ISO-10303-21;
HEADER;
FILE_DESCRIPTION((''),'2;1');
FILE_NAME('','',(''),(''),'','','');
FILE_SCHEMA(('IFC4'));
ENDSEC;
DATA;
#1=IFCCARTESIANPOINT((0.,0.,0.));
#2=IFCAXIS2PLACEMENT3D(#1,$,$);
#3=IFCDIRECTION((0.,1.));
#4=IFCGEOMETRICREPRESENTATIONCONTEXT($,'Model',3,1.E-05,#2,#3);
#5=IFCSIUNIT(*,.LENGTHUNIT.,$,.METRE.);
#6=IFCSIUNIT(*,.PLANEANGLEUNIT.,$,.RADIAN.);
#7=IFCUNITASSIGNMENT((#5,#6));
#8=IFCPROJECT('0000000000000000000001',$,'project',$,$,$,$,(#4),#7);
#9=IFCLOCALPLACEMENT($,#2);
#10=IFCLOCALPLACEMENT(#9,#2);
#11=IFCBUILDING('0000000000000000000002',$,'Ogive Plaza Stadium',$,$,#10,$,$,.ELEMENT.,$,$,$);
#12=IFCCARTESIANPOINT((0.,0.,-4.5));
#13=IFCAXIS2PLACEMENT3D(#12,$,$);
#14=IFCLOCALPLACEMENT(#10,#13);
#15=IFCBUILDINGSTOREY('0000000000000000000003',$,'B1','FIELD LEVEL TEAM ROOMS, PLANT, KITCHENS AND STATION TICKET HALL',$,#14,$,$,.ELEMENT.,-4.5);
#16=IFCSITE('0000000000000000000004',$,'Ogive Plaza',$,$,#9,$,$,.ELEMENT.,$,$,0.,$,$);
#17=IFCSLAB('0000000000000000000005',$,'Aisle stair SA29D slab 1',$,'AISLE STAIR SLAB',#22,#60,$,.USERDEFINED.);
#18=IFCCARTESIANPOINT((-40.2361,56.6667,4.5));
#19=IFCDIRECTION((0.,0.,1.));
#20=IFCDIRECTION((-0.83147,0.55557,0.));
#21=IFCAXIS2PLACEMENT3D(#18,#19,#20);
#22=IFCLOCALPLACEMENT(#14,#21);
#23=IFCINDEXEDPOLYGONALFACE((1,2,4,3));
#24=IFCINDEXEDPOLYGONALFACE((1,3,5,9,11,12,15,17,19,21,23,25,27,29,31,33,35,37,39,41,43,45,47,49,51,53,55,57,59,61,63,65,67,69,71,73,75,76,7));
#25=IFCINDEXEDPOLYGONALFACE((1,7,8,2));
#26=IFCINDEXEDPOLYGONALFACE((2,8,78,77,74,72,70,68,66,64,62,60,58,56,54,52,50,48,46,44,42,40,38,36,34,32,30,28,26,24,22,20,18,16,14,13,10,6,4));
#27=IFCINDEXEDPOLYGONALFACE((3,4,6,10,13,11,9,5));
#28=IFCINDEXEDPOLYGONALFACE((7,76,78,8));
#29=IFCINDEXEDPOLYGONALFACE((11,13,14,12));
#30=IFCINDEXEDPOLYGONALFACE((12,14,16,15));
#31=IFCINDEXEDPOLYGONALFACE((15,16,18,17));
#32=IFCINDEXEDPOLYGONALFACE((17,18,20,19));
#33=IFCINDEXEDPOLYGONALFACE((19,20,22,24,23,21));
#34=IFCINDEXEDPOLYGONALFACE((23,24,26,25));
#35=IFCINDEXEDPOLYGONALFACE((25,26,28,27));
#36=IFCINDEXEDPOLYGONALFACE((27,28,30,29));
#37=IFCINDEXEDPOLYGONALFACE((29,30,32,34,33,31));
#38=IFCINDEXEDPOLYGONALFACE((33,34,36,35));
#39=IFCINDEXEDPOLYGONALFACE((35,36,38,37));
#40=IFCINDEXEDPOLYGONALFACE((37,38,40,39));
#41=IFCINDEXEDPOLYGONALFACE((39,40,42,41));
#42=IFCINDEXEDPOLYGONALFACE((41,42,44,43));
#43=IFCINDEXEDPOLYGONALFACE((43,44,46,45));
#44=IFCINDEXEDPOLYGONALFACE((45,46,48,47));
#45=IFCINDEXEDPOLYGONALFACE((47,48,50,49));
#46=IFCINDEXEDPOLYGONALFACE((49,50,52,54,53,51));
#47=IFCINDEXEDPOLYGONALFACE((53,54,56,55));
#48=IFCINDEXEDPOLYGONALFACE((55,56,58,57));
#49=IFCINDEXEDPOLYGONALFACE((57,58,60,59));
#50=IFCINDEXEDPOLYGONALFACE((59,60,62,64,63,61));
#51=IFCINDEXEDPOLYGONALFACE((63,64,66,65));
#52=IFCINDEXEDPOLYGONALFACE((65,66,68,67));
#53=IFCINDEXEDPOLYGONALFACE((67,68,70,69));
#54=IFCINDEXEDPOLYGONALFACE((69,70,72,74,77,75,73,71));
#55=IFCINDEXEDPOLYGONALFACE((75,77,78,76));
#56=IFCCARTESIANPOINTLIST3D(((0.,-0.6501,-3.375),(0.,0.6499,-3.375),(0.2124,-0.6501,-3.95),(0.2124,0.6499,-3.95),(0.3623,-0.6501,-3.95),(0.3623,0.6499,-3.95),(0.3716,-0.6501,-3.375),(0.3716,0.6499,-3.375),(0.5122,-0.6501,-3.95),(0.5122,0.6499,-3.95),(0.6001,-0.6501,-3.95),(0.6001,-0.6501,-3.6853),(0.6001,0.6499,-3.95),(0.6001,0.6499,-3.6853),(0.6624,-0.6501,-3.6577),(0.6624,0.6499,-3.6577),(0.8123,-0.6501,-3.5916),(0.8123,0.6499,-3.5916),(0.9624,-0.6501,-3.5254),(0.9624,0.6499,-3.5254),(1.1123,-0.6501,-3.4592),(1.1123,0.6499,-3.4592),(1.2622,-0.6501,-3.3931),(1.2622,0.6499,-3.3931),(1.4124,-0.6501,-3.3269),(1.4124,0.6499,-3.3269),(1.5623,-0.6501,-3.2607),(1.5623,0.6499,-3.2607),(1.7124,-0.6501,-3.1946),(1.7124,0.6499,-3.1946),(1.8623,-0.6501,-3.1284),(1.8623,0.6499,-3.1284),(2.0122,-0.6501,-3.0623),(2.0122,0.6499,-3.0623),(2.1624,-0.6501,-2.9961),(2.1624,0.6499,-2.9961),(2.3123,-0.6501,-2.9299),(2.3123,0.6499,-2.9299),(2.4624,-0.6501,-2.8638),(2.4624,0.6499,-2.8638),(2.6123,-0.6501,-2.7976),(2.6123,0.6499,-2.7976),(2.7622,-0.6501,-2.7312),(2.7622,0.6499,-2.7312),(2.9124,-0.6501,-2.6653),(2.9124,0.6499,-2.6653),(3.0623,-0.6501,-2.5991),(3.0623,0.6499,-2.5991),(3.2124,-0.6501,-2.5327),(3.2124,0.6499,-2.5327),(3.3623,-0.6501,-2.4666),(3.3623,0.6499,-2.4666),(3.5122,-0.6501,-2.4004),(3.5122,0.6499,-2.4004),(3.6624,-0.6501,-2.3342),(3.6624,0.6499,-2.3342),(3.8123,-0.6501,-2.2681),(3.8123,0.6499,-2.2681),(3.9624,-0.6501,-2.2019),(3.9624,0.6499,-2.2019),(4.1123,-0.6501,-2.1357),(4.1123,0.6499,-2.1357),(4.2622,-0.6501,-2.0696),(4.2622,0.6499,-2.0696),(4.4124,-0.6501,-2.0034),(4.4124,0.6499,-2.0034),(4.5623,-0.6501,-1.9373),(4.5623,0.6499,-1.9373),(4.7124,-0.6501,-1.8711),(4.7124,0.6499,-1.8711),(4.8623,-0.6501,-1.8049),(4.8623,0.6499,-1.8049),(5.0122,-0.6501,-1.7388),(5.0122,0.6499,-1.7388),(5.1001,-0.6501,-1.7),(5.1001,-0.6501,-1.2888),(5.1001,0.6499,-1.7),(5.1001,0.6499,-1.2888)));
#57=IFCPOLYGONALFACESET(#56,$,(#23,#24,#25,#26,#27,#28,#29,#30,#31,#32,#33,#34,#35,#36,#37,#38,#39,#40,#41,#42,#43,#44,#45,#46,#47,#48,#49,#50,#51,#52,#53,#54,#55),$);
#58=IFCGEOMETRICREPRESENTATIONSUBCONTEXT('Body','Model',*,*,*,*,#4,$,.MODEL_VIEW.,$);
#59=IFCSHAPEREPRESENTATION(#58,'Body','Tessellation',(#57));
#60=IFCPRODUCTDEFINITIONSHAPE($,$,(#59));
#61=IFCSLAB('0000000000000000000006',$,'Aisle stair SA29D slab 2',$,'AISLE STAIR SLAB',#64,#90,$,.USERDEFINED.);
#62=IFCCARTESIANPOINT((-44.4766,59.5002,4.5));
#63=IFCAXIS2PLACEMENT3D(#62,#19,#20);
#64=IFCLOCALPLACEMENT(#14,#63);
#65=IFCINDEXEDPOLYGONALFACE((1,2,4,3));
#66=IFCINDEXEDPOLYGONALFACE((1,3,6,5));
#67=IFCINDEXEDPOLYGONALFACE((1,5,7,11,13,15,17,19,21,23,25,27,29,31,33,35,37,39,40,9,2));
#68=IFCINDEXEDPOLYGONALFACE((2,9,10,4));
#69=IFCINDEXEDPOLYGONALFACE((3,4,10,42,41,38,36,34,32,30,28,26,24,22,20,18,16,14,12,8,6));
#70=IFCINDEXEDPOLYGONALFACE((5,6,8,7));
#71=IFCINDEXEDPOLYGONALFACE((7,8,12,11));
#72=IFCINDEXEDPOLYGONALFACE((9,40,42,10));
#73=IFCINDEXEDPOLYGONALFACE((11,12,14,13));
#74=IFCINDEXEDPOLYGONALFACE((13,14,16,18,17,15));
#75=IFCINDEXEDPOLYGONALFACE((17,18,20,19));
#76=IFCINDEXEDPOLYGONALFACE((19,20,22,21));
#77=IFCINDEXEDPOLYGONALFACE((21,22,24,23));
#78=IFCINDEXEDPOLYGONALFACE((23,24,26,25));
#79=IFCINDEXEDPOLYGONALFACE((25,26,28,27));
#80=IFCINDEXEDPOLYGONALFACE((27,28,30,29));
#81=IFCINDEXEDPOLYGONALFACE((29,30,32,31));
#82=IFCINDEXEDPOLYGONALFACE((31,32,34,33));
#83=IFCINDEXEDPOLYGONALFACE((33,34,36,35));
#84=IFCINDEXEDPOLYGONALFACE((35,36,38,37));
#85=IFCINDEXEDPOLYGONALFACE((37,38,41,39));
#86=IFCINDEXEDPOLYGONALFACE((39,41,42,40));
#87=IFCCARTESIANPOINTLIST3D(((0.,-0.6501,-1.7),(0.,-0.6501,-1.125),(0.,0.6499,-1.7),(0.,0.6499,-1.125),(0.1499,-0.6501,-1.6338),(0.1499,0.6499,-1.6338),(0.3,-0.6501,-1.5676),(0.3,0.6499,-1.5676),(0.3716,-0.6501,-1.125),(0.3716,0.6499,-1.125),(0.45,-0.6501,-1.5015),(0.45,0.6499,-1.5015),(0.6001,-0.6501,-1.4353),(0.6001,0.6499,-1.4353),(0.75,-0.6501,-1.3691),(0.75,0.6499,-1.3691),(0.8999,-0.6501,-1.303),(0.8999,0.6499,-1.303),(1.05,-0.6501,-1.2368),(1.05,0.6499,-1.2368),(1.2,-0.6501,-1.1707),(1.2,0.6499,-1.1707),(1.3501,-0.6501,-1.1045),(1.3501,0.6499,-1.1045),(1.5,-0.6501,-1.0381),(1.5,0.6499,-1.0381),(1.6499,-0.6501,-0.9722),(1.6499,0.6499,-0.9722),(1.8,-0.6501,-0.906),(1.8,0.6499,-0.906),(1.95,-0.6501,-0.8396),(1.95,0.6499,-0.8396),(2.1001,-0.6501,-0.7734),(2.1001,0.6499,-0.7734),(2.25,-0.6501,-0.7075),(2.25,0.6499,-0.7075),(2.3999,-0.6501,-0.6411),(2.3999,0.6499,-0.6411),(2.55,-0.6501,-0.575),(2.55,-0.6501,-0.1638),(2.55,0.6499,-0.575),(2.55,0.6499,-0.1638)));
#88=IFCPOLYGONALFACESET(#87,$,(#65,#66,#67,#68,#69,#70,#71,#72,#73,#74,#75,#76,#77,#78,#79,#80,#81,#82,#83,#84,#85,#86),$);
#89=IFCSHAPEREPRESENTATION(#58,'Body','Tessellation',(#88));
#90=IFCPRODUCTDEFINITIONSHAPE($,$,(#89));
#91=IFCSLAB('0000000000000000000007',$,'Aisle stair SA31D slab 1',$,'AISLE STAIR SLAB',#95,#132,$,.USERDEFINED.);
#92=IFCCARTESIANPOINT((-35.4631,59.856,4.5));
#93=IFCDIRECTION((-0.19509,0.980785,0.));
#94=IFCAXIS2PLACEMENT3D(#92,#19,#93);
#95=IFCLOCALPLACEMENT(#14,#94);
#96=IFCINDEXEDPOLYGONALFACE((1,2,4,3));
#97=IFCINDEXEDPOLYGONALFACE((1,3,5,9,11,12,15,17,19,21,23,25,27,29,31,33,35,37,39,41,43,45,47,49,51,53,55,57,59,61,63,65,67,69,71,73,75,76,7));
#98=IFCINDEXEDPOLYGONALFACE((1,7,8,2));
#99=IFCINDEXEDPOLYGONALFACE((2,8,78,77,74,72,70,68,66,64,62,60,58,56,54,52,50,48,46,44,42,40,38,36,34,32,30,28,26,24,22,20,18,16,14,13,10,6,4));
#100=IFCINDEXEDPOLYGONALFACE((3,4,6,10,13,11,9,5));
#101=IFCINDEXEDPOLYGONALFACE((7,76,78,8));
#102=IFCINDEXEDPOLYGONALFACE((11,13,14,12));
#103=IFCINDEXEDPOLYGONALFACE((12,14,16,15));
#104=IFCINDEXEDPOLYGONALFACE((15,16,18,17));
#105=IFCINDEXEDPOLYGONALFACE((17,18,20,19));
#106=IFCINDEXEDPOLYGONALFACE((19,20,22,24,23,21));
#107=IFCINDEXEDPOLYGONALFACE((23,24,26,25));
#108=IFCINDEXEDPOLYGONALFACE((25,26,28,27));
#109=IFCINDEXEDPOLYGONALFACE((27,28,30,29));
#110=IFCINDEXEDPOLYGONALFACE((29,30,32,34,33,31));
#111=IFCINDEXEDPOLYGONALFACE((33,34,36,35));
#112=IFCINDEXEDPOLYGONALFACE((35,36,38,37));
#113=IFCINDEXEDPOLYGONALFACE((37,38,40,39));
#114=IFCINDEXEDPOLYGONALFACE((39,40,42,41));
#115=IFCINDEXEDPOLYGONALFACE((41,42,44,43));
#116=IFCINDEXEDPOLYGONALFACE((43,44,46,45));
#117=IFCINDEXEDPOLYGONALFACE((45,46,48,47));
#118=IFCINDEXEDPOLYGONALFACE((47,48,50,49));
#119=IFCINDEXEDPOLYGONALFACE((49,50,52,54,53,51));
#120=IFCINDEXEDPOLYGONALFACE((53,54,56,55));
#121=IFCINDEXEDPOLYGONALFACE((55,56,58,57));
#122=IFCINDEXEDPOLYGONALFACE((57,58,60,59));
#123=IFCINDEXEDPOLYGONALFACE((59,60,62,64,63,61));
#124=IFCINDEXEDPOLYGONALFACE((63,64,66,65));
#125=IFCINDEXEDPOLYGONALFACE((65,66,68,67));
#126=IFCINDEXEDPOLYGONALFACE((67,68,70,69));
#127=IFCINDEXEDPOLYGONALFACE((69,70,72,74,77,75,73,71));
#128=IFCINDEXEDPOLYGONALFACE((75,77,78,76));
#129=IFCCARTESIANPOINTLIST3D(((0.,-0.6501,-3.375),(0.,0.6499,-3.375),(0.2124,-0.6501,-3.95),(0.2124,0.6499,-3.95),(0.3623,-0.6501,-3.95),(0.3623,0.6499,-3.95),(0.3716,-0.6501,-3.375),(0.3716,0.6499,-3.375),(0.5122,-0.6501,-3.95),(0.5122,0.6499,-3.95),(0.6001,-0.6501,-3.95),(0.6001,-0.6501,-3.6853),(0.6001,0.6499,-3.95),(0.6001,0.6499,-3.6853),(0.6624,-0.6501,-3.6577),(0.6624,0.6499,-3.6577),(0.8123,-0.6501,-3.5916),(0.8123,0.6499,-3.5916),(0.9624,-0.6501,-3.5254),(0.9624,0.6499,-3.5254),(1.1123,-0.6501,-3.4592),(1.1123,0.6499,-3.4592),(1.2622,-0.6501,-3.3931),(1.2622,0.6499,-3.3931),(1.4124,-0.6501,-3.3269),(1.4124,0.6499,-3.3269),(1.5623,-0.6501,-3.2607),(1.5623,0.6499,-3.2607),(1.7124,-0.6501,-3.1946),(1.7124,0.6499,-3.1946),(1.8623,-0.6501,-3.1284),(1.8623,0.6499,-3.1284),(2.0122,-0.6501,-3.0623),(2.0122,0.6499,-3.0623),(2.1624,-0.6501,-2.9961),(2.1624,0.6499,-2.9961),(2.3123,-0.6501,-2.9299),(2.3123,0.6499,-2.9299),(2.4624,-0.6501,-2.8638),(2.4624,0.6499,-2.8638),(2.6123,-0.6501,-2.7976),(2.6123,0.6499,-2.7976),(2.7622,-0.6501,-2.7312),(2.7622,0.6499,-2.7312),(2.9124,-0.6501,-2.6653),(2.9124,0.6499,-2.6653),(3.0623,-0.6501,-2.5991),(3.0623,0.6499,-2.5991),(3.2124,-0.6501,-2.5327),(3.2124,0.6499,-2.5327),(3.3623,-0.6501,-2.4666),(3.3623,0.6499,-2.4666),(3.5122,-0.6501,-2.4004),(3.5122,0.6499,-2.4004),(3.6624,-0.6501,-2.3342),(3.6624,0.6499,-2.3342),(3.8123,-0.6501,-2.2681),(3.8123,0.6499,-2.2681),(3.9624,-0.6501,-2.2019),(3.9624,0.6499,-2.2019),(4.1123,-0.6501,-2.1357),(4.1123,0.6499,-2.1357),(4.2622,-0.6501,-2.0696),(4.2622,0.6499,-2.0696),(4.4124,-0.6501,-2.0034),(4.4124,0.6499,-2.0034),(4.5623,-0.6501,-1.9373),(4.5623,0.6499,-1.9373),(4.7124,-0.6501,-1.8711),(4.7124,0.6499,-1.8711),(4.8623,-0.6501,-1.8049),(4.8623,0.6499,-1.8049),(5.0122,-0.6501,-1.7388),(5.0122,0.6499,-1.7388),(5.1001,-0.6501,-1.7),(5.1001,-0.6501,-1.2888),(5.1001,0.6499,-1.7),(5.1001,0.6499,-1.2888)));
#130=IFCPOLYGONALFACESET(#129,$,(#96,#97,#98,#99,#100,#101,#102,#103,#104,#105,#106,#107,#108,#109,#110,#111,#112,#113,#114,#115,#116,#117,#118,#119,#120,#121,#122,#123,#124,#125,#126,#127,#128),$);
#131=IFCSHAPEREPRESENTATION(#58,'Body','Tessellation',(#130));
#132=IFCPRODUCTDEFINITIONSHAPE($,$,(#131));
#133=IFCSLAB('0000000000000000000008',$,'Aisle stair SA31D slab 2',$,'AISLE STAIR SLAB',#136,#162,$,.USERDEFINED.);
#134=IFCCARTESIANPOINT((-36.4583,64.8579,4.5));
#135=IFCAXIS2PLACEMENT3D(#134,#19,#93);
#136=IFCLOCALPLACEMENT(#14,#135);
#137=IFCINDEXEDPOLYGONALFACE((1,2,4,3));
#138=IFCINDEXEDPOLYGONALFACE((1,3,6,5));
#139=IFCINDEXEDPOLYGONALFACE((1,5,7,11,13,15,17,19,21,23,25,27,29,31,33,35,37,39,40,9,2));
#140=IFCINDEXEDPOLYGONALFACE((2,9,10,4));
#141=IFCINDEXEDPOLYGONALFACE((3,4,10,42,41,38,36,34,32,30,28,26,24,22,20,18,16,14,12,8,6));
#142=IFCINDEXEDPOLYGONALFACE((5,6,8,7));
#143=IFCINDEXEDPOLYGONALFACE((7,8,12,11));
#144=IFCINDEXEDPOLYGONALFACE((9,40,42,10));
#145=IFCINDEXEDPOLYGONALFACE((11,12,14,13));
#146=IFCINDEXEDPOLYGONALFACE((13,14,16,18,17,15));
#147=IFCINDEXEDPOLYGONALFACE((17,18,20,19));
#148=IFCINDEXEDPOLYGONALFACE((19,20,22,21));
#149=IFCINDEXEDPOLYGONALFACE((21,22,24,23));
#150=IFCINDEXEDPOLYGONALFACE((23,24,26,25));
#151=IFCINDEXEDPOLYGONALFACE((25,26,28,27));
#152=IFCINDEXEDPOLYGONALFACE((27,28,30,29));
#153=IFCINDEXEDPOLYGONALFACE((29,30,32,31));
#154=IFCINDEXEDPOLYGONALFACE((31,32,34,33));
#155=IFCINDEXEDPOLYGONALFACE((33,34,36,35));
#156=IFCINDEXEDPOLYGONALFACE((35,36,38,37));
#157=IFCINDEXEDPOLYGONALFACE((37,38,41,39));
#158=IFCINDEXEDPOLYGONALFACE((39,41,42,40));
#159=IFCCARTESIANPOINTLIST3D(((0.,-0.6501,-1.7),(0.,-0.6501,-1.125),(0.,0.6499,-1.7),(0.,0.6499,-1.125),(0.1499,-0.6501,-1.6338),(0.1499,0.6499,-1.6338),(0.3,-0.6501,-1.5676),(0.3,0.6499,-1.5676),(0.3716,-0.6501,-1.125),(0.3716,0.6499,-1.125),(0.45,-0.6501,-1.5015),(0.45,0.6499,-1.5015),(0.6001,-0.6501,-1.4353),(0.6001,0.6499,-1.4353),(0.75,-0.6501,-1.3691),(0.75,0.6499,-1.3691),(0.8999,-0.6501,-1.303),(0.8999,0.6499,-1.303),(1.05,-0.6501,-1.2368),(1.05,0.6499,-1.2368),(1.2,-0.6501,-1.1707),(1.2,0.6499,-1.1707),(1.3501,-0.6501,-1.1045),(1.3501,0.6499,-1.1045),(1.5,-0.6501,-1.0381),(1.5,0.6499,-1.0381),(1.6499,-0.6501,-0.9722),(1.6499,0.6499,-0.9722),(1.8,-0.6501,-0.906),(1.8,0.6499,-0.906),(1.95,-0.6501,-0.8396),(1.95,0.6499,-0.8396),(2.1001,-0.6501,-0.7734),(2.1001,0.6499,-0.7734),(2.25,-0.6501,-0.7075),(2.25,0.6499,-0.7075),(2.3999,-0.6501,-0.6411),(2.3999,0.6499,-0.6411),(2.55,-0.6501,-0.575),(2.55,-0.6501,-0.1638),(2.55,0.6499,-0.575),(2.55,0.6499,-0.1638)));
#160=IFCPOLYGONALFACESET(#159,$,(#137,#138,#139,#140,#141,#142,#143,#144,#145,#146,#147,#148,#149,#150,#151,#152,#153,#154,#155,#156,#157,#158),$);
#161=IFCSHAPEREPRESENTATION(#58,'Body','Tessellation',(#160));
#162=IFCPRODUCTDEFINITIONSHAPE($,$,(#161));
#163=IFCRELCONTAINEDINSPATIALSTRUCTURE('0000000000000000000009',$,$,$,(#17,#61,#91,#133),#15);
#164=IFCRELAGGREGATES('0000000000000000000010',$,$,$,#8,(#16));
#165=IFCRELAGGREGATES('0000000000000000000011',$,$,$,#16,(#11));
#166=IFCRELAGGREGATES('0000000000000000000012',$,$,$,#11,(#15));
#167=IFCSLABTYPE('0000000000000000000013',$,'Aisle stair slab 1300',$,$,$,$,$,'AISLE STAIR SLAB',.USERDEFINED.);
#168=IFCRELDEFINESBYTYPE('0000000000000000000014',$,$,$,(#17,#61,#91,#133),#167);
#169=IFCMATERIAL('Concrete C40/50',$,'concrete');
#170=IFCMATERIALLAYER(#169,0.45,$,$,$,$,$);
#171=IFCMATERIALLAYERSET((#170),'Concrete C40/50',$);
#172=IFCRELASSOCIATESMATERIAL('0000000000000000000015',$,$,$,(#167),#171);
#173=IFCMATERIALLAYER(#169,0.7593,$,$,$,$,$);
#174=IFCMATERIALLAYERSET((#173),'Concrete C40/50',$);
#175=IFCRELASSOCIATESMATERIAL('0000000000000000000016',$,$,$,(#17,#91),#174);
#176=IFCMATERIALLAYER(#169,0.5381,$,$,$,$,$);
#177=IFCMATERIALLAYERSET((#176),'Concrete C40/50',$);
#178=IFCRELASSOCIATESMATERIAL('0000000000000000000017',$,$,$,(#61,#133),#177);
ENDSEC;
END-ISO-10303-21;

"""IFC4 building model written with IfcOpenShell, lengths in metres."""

from ifc_helpers import new_model, si_unit, direction, frame, origin, place, context, subcontext, project, spatial, polyline, outline, extrude, material, layer, layer_set, type_object, element, save


model = new_model("IFC4")

# Units and contexts
model_context = context("Model", 3, precision=1e-05, world=origin(), true_north=direction((0.0, 1.0)))
body_context = subcontext(model_context, "Body", "Model", "MODEL_VIEW")
ifc_project = project(units=[si_unit("LENGTHUNIT", "METRE"), si_unit("PLANEANGLEUNIT", "RADIAN")], contexts=[model_context])

# Site, building, storey
site_placement = place(None, origin())
site = spatial("IfcSite", under=ifc_project, at=site_placement, Name="Ogive Plaza", CompositionType="ELEMENT", RefElevation=0.0)
building_placement = place(site_placement, origin())
building = spatial("IfcBuilding", under=site, at=building_placement, Name="Ogive Plaza Stadium", CompositionType="ELEMENT")
storey_placement = place(building_placement, frame((0.0, 0.0, -4.5)))
storey = spatial("IfcBuildingStorey", under=building, at=storey_placement, Name="B1", Description="FIELD LEVEL TEAM ROOMS, PLANT, KITCHENS AND STATION TICKET HALL", CompositionType="ELEMENT", Elevation=-4.5)

# Slabs
ifc_material_1 = material(Name="Concrete C40/50", Category="concrete")
ifc_layer_1 = layer(ifc_material_1, 0.7593)
ifc_layer_set_1 = layer_set([ifc_layer_1], Name="Concrete C40/50")
ifc_layer_2 = layer(ifc_material_1, 0.45)
ifc_layer_set_2 = layer_set([ifc_layer_2], Name="Concrete C40/50")
slab_type = type_object("IfcSlabType", Name="Aisle stair slab 1300", ElementType="AISLE STAIR SLAB", PredefinedType="USERDEFINED", material=ifc_layer_set_2)
slab_1_placement = place(storey_placement, frame((-40.2361, 56.6667, 4.5), z_axis=(0.0, 0.0, 1.0), x_axis=(-0.83147, 0.55557, 0.0)))
element("IfcSlab", 1, at=slab_1_placement, inside=storey, type_object=slab_type, material=ifc_layer_set_1, Name="Aisle stair SA29D slab 1", ObjectType="AISLE STAIR SLAB", PredefinedType="USERDEFINED", context=body_context, shape_type="SweptSolid", body=[
    extrude(outline(polyline([(0.0, -3.375), (0.3716, -3.375), (5.1001, -1.2888), (5.1001, -1.7), (5.0122, -1.7388), (4.8623, -1.8049), (4.7124, -1.8711), (4.5623, -1.9373), (4.4124, -2.0034), (4.2622, -2.0696), (4.1123, -2.1357), (3.9624, -2.2019), (3.8123, -2.2681), (3.6624, -2.3342), (3.5122, -2.4004), (3.3623, -2.4666), (3.2124, -2.5327), (3.0623, -2.5991), (2.9124, -2.6653), (2.7622, -2.7312), (2.6123, -2.7976), (2.4624, -2.8638), (2.3123, -2.9299), (2.1624, -2.9961), (2.0122, -3.0623), (1.8623, -3.1284), (1.7124, -3.1946), (1.5623, -3.2607), (1.4124, -3.3269), (1.2622, -3.3931), (1.1123, -3.4592), (0.9624, -3.5254), (0.8123, -3.5916), (0.6624, -3.6577), (0.6001, -3.6853), (0.6001, -3.95), (0.5122, -3.95), (0.3623, -3.95), (0.2124, -3.95), (0.0, -3.375)])), frame((0.0, 0.6499, 0.0), z_axis=(0.0, -1.0, 0.0), x_axis=(1.0, 0.0, 0.0)), (0.0, 0.0, 1.0), 1.3),
])
ifc_layer_3 = layer(ifc_material_1, 0.5381)
ifc_layer_set_3 = layer_set([ifc_layer_3], Name="Concrete C40/50")
slab_2_placement = place(storey_placement, frame((-44.4766, 59.5002, 4.5), z_axis=(0.0, 0.0, 1.0), x_axis=(-0.83147, 0.55557, 0.0)))
element("IfcSlab", 2, at=slab_2_placement, inside=storey, type_object=slab_type, material=ifc_layer_set_3, Name="Aisle stair SA29D slab 2", ObjectType="AISLE STAIR SLAB", PredefinedType="USERDEFINED", context=body_context, shape_type="SweptSolid", body=[
    extrude(outline(polyline([(0.0, -1.125), (0.3716, -1.125), (2.55, -0.1638), (2.55, -0.575), (2.3999, -0.6411), (2.25, -0.7075), (2.1001, -0.7734), (1.95, -0.8396), (1.8, -0.906), (1.6499, -0.9722), (1.5, -1.0381), (1.3501, -1.1045), (1.2, -1.1707), (1.05, -1.2368), (0.8999, -1.303), (0.75, -1.3691), (0.6001, -1.4353), (0.45, -1.5015), (0.3, -1.5676), (0.1499, -1.6338), (0.0, -1.7), (0.0, -1.125)])), frame((0.0, 0.6499, 0.0), z_axis=(0.0, -1.0, 0.0), x_axis=(1.0, 0.0, 0.0)), (0.0, 0.0, 1.0), 1.3),
])
slab_3_placement = place(storey_placement, frame((-35.4631, 59.856, 4.5), z_axis=(0.0, 0.0, 1.0), x_axis=(-0.19509, 0.980785, 0.0)))
element("IfcSlab", 3, at=slab_3_placement, inside=storey, type_object=slab_type, material=ifc_layer_set_1, Name="Aisle stair SA31D slab 1", ObjectType="AISLE STAIR SLAB", PredefinedType="USERDEFINED", context=body_context, shape_type="SweptSolid", body=[
    extrude(outline(polyline([(0.0, -3.375), (0.3716, -3.375), (5.1001, -1.2888), (5.1001, -1.7), (5.0122, -1.7388), (4.8623, -1.8049), (4.7124, -1.8711), (4.5623, -1.9373), (4.4124, -2.0034), (4.2622, -2.0696), (4.1123, -2.1357), (3.9624, -2.2019), (3.8123, -2.2681), (3.6624, -2.3342), (3.5122, -2.4004), (3.3623, -2.4666), (3.2124, -2.5327), (3.0623, -2.5991), (2.9124, -2.6653), (2.7622, -2.7312), (2.6123, -2.7976), (2.4624, -2.8638), (2.3123, -2.9299), (2.1624, -2.9961), (2.0122, -3.0623), (1.8623, -3.1284), (1.7124, -3.1946), (1.5623, -3.2607), (1.4124, -3.3269), (1.2622, -3.3931), (1.1123, -3.4592), (0.9624, -3.5254), (0.8123, -3.5916), (0.6624, -3.6577), (0.6001, -3.6853), (0.6001, -3.95), (0.5122, -3.95), (0.3623, -3.95), (0.2124, -3.95), (0.0, -3.375)])), frame((0.0, 0.6499, 0.0), z_axis=(0.0, -1.0, 0.0), x_axis=(1.0, 0.0, 0.0)), (0.0, 0.0, 1.0), 1.3),
])
slab_4_placement = place(storey_placement, frame((-36.4583, 64.8579, 4.5), z_axis=(0.0, 0.0, 1.0), x_axis=(-0.19509, 0.980785, 0.0)))
element("IfcSlab", 4, at=slab_4_placement, inside=storey, type_object=slab_type, material=ifc_layer_set_3, Name="Aisle stair SA31D slab 2", ObjectType="AISLE STAIR SLAB", PredefinedType="USERDEFINED", context=body_context, shape_type="SweptSolid", body=[
    extrude(outline(polyline([(0.0, -1.125), (0.3716, -1.125), (2.55, -0.1638), (2.55, -0.575), (2.3999, -0.6411), (2.25, -0.7075), (2.1001, -0.7734), (1.95, -0.8396), (1.8, -0.906), (1.6499, -0.9722), (1.5, -1.0381), (1.3501, -1.1045), (1.2, -1.1707), (1.05, -1.2368), (0.8999, -1.303), (0.75, -1.3691), (0.6001, -1.4353), (0.45, -1.5015), (0.3, -1.5676), (0.1499, -1.6338), (0.0, -1.7), (0.0, -1.125)])), frame((0.0, 0.6499, 0.0), z_axis=(0.0, -1.0, 0.0), x_axis=(1.0, 0.0, 0.0)), (0.0, 0.0, 1.0), 1.3),
])

save(model, "model.ifc")
